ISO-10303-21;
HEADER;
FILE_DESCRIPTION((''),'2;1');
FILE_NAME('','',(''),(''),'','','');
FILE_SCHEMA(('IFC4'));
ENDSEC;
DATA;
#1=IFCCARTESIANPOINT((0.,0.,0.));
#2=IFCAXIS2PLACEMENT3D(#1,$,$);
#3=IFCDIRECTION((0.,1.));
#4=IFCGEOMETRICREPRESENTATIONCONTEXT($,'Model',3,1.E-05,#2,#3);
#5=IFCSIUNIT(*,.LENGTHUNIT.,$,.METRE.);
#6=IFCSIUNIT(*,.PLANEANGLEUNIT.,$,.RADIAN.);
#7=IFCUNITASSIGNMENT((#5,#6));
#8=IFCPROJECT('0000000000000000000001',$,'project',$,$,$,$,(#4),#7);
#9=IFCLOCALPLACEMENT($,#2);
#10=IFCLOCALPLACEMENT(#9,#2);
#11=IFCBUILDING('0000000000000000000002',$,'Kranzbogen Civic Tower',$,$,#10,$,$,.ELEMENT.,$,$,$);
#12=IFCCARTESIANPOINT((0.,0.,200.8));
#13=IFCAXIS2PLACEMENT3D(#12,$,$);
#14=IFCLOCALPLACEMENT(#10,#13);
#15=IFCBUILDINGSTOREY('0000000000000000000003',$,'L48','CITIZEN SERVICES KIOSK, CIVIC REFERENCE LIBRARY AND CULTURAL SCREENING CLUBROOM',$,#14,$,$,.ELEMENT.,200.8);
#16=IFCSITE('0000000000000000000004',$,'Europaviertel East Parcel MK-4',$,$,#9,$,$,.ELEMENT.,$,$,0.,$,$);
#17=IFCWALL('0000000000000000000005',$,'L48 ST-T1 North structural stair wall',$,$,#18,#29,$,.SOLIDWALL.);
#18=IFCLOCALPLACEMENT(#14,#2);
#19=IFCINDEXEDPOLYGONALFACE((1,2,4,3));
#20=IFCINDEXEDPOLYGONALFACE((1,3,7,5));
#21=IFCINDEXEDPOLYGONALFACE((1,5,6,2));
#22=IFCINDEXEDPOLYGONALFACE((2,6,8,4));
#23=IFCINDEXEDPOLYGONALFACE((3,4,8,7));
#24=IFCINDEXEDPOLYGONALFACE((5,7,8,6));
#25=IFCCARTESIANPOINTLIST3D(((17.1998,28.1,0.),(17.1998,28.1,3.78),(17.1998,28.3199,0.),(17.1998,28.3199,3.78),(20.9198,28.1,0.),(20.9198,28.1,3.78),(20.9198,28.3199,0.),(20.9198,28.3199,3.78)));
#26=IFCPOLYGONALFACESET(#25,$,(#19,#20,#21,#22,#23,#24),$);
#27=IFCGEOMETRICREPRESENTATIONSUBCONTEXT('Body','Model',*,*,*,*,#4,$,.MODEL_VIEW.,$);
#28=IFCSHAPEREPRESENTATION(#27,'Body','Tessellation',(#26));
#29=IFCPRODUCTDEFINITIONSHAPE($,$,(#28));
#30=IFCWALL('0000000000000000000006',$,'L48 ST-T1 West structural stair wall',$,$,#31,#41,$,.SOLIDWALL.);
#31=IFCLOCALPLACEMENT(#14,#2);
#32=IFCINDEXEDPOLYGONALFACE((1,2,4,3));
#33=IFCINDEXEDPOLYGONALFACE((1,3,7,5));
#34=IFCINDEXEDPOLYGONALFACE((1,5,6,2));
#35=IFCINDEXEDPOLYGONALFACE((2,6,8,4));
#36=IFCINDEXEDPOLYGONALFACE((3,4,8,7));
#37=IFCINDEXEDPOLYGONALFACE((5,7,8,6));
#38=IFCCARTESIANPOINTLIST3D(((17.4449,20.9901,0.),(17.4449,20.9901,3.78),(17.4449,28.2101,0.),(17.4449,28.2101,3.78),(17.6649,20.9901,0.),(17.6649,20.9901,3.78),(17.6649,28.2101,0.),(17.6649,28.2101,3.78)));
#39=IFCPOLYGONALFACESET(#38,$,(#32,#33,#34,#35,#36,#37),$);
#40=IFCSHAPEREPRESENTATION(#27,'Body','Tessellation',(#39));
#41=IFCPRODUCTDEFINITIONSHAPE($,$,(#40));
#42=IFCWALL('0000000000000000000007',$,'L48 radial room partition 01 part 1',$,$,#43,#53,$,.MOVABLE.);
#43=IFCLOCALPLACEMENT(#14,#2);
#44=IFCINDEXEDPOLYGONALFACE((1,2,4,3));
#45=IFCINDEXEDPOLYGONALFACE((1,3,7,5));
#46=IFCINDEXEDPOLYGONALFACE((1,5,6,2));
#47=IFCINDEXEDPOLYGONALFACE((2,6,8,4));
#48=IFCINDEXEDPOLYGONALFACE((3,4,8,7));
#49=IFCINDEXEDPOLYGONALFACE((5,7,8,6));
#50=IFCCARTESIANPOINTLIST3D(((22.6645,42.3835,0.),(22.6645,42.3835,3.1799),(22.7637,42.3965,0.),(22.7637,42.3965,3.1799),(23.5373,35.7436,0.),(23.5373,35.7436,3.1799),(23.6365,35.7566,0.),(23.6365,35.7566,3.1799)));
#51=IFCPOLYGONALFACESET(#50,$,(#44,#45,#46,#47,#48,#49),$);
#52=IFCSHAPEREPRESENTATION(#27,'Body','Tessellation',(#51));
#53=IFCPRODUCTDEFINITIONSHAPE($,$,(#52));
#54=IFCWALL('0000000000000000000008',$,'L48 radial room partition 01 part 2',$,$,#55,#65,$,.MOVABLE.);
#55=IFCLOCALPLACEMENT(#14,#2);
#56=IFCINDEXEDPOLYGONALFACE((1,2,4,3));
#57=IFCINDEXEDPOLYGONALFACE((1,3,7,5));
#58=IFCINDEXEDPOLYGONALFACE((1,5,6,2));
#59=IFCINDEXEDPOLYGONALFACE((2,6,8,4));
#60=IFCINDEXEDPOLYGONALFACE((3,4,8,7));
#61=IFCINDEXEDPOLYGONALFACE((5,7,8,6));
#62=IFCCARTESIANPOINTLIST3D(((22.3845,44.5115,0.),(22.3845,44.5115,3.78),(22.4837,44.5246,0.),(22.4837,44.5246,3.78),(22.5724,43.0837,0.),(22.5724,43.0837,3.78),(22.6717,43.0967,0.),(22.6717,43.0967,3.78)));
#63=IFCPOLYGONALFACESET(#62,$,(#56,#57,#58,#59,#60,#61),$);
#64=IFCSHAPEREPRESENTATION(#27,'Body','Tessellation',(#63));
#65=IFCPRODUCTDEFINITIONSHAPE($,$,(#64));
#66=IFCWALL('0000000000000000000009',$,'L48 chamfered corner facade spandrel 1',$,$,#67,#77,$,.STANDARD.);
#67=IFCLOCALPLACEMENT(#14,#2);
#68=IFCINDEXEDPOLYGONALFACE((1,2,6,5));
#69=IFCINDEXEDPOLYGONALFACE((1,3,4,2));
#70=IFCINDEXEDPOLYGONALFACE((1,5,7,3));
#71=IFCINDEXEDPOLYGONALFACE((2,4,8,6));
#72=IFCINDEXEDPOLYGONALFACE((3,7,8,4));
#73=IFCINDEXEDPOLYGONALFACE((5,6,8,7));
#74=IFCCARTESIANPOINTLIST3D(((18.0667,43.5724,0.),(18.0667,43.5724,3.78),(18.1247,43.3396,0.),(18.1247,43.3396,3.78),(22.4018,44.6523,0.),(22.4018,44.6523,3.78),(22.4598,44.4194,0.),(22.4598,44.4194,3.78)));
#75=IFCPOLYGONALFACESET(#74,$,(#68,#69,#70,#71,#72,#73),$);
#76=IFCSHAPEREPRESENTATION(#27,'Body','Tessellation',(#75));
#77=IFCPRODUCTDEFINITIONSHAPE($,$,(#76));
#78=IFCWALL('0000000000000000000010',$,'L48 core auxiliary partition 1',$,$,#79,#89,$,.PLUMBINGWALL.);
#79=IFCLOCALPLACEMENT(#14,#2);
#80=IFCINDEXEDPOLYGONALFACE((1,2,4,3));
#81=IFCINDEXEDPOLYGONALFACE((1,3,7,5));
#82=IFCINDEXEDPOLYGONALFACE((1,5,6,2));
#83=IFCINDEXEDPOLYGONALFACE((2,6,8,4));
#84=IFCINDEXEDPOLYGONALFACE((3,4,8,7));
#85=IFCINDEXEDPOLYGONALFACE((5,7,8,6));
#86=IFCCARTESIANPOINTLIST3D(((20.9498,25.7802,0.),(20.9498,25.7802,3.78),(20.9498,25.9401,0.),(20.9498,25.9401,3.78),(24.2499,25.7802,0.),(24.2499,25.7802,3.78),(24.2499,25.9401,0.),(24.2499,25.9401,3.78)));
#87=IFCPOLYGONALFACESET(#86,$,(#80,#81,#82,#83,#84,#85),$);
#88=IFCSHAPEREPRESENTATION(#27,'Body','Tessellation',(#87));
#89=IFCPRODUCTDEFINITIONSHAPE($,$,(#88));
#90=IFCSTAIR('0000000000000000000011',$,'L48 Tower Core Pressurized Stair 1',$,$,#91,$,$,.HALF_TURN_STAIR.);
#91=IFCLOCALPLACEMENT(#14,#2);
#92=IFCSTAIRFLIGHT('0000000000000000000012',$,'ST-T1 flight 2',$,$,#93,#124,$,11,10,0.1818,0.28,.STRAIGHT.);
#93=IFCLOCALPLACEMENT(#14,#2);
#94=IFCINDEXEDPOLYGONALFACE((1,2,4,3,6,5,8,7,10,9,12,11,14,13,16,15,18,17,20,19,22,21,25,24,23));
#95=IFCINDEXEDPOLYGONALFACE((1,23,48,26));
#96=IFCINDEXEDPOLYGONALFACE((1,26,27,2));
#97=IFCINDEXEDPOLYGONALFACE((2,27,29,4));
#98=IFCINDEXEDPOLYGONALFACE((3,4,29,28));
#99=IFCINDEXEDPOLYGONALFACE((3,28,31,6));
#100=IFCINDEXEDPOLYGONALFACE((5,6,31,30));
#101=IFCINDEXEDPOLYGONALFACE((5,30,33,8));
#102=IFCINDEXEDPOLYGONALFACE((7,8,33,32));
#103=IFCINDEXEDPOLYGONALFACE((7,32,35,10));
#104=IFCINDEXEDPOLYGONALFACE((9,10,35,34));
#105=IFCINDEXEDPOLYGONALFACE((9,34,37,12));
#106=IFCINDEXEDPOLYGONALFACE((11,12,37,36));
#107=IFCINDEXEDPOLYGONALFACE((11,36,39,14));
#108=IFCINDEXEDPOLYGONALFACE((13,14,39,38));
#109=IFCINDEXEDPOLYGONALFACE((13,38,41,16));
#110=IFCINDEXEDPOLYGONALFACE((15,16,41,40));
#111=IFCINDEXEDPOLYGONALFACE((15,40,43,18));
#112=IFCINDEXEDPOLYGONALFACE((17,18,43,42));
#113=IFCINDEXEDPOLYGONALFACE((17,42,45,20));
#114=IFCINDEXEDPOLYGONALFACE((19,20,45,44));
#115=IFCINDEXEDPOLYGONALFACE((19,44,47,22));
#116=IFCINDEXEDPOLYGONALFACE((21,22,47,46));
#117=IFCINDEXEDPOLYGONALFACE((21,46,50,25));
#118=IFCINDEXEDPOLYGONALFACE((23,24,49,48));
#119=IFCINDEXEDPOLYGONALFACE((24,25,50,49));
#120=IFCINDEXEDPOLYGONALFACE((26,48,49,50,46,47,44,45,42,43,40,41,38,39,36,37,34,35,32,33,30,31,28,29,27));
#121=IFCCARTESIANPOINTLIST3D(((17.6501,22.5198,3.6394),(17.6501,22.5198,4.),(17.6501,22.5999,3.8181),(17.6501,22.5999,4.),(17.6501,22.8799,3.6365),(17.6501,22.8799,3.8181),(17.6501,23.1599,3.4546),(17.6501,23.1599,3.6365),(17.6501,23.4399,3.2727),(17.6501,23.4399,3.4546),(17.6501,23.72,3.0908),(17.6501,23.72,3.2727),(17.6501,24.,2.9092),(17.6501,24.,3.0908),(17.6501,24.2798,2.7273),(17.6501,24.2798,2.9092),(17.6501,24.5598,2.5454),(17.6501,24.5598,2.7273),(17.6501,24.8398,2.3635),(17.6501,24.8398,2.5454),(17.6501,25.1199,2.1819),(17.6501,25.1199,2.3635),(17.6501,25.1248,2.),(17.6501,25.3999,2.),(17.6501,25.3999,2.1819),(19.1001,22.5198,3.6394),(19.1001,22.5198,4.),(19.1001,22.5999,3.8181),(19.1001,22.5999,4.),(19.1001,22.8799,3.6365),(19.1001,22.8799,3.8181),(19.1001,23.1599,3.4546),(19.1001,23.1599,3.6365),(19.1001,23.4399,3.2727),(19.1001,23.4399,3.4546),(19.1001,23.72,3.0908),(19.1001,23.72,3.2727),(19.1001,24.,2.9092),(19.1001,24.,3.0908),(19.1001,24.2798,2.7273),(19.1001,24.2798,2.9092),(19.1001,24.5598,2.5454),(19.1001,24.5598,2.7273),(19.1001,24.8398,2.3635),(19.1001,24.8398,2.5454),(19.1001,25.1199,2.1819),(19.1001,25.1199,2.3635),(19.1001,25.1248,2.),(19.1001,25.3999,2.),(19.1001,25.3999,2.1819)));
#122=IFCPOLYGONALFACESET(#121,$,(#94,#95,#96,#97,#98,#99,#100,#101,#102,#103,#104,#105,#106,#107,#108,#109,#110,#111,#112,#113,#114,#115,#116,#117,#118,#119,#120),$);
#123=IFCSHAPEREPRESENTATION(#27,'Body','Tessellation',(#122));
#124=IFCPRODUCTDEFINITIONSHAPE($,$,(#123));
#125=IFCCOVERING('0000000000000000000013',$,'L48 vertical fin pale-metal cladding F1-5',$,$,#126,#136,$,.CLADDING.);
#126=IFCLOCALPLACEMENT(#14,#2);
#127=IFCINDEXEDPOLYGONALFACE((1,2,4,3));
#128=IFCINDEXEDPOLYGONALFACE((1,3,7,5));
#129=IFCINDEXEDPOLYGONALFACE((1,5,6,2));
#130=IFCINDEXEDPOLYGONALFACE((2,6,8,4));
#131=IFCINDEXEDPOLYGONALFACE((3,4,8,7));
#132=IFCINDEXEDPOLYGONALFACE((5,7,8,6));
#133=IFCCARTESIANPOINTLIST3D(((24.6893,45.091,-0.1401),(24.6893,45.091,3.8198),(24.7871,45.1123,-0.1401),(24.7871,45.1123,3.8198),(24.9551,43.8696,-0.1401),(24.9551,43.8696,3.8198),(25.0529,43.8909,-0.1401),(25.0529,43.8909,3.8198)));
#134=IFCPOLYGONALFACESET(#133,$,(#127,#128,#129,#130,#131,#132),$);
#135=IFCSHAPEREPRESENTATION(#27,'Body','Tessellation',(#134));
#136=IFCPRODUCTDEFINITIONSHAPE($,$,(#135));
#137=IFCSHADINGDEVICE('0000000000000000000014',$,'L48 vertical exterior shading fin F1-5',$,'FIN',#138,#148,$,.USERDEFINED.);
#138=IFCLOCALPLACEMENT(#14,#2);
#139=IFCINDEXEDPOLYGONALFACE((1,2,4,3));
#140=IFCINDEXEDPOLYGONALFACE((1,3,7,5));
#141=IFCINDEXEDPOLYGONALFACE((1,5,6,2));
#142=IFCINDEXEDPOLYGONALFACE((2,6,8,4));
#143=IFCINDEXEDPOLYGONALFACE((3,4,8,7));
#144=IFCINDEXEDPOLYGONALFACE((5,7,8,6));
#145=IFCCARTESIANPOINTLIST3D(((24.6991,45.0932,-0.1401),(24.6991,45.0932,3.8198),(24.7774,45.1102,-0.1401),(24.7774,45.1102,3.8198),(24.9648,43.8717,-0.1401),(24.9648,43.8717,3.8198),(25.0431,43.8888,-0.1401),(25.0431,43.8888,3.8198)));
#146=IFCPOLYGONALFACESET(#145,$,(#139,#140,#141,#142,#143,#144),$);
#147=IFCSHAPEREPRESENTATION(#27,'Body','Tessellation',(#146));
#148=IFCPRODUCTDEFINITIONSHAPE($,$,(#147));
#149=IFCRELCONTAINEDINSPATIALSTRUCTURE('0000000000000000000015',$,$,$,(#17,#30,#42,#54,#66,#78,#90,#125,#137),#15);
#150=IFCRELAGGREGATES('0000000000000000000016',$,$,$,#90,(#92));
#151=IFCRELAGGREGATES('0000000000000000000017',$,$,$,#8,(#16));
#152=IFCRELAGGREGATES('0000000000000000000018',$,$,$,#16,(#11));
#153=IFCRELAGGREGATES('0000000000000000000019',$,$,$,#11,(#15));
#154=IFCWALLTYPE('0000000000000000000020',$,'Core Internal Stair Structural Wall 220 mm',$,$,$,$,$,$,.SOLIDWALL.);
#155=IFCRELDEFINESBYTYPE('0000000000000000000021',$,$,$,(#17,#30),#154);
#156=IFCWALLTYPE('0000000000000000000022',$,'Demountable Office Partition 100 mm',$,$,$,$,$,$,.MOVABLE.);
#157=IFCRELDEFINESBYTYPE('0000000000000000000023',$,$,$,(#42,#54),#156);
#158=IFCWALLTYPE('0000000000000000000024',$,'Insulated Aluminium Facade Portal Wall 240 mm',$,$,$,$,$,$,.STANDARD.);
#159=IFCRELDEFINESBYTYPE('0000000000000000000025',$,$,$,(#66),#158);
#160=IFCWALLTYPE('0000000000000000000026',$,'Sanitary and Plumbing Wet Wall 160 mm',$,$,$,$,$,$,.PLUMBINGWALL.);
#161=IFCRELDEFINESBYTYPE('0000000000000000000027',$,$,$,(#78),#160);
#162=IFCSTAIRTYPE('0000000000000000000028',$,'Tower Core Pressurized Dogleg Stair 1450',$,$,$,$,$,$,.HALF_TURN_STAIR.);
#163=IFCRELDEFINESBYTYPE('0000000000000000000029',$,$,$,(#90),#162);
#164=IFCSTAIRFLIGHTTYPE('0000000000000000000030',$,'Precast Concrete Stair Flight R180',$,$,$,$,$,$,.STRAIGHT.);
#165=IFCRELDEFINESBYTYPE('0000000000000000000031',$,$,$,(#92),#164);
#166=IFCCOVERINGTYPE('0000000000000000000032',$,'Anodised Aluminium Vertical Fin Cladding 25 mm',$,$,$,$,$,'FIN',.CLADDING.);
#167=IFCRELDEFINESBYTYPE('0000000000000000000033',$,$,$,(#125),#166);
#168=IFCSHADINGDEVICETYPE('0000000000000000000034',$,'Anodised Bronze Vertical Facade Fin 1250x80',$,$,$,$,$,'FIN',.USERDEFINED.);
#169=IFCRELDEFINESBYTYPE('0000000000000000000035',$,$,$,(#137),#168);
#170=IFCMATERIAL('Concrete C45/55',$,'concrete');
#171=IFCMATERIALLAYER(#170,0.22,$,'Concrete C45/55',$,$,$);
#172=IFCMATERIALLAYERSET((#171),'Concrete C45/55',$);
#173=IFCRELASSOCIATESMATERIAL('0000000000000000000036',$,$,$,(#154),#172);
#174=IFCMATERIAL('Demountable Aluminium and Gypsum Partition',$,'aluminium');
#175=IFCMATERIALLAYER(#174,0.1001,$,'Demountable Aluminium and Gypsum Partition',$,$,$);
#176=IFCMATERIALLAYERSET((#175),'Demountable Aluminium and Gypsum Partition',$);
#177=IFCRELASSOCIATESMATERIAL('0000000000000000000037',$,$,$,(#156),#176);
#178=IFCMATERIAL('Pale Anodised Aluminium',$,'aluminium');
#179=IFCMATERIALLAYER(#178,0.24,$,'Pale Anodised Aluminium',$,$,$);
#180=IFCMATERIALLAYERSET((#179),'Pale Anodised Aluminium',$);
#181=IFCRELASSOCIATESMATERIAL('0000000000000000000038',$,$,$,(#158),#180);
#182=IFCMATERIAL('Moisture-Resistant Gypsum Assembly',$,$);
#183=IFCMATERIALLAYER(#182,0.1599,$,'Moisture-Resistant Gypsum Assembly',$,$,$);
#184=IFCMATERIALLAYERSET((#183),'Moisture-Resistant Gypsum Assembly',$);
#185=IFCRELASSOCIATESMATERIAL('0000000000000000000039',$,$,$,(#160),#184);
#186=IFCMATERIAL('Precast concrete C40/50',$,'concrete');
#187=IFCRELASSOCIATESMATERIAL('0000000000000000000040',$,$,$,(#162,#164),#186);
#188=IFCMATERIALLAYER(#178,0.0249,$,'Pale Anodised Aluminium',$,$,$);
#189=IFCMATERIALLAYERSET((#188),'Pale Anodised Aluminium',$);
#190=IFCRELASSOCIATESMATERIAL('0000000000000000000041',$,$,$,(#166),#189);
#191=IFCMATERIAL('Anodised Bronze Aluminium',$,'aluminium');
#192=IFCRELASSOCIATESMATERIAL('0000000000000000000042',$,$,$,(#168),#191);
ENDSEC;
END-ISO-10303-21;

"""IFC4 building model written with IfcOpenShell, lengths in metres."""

from ifc_helpers import new_model, si_unit, direction, frame, frame_2d, origin, origin_2d, place, context, subcontext, project, spatial, polyline, rectangle, outline, extrude, material, layer, layer_set, type_object, element, aggregate, save


model = new_model("IFC4")

# Units and contexts
model_context = context("Model", 3, precision=1e-05, world=origin(), true_north=direction((0.0, 1.0)))
body_context = subcontext(model_context, "Body", "Model", "MODEL_VIEW")
ifc_project = project(units=[si_unit("LENGTHUNIT", "METRE"), si_unit("PLANEANGLEUNIT", "RADIAN")], contexts=[model_context])

# Site, building, storey
site_placement = place(None, origin())
site = spatial("IfcSite", under=ifc_project, at=site_placement, Name="Europaviertel East Parcel MK-4", CompositionType="ELEMENT", RefElevation=0.0)
building_placement = place(site_placement, origin())
building = spatial("IfcBuilding", under=site, at=building_placement, Name="Kranzbogen Civic Tower", CompositionType="ELEMENT")
storey_placement = place(building_placement, frame((0.0, 0.0, 200.8)))
storey = spatial("IfcBuildingStorey", under=building, at=storey_placement, Name="L48", Description="CITIZEN SERVICES KIOSK, CIVIC REFERENCE LIBRARY AND CULTURAL SCREENING CLUBROOM", CompositionType="ELEMENT", Elevation=200.8)

# Shared definitions
ifc_material_1 = material(Name="Pale Anodised Aluminium", Category="aluminium")

# Shared definitions
ifc_material_2 = material(Name="Concrete C45/55", Category="concrete")

# Walls
ifc_layer_1 = layer(ifc_material_2, 0.22, Name="Concrete C45/55")
ifc_layer_set_1 = layer_set([ifc_layer_1], Name="Concrete C45/55")
wall_type_1 = type_object("IfcWallType", Name="Core Internal Stair Structural Wall 220 mm", PredefinedType="SOLIDWALL", material=ifc_layer_set_1)
wall_1_placement = place(storey_placement, frame((17.2, 28.21, 0.0), z_axis=(0.0, 0.0, 1.0), x_axis=(1.0, 0.0, 0.0)))
element("IfcWall", 1, at=wall_1_placement, inside=storey, type_object=wall_type_1, Name="L48 ST-T1 North structural stair wall", PredefinedType="SOLIDWALL", context=body_context, shape_type="SweptSolid", body=[
    extrude(rectangle(XDim=3.72, YDim=0.22, at=frame_2d((1.8599, 0.0))), origin(), (0.0, 0.0, 1.0), 3.78),
])
wall_2_placement = place(storey_placement, frame((17.5549, 28.21, 0.0), z_axis=(0.0, 0.0, 1.0), x_axis=(0.0, -1.0, 0.0)))
element("IfcWall", 2, at=wall_2_placement, inside=storey, type_object=wall_type_1, Name="L48 ST-T1 West structural stair wall", PredefinedType="SOLIDWALL", context=body_context, shape_type="SweptSolid", body=[
    extrude(rectangle(XDim=7.22, YDim=0.22, at=frame_2d((3.6099, 0.0))), origin(), (0.0, 0.0, 1.0), 3.78),
])
ifc_material_3 = material(Name="Demountable Aluminium and Gypsum Partition", Category="aluminium")
ifc_layer_2 = layer(ifc_material_3, 0.1001, Name="Demountable Aluminium and Gypsum Partition")
ifc_layer_set_2 = layer_set([ifc_layer_2], Name="Demountable Aluminium and Gypsum Partition")
wall_type_2 = type_object("IfcWallType", Name="Demountable Office Partition 100 mm", PredefinedType="MOVABLE", material=ifc_layer_set_2)
wall_3_placement = place(storey_placement, frame((23.5869, 35.75, 0.0), z_axis=(0.0, 0.0, 1.0), x_axis=(-0.130327, 0.991471, 0.0)))
element("IfcWall", 3, at=wall_3_placement, inside=storey, type_object=wall_type_2, Name="L48 radial room partition 01 part 1", PredefinedType="MOVABLE", context=body_context, shape_type="SweptSolid", body=[
    extrude(rectangle(XDim=6.697, YDim=0.1001, at=frame_2d((3.3486, 0.0))), origin(), (0.0, 0.0, 1.0), 3.1799),
])
wall_4_placement = place(storey_placement, frame((22.6221, 43.0901, 0.0), z_axis=(0.0, 0.0, 1.0), x_axis=(-0.13052, 0.991446, 0.0)))
element("IfcWall", 4, at=wall_4_placement, inside=storey, type_object=wall_type_2, Name="L48 radial room partition 01 part 2", PredefinedType="MOVABLE", context=body_context, shape_type="SweptSolid", body=[
    extrude(rectangle(XDim=1.4402, YDim=0.1001, at=frame_2d((0.7202, 0.0))), origin(), (0.0, 0.0, 1.0), 3.78),
])
ifc_layer_3 = layer(ifc_material_1, 0.24, Name="Pale Anodised Aluminium")
ifc_layer_set_3 = layer_set([ifc_layer_3], Name="Pale Anodised Aluminium")
wall_type_3 = type_object("IfcWallType", Name="Insulated Aluminium Facade Portal Wall 240 mm", PredefinedType="STANDARD", material=ifc_layer_set_3)
wall_5_placement = place(storey_placement, frame((22.4309, 44.5359, 0.0), z_axis=(0.0, 0.0, 1.0), x_axis=(-0.970348, -0.241713, 0.0)))
element("IfcWall", 5, at=wall_5_placement, inside=storey, type_object=wall_type_3, Name="L48 chamfered corner facade spandrel 1", PredefinedType="STANDARD", context=body_context, shape_type="SweptSolid", body=[
    extrude(rectangle(XDim=4.4675, YDim=0.24, at=frame_2d((2.2339, 0.0))), origin(), (0.0, 0.0, 1.0), 3.78),
])
ifc_material_4 = material(Name="Moisture-Resistant Gypsum Assembly")
ifc_layer_4 = layer(ifc_material_4, 0.1599, Name="Moisture-Resistant Gypsum Assembly")
ifc_layer_set_4 = layer_set([ifc_layer_4], Name="Moisture-Resistant Gypsum Assembly")
wall_type_4 = type_object("IfcWallType", Name="Sanitary and Plumbing Wet Wall 160 mm", PredefinedType="PLUMBINGWALL", material=ifc_layer_set_4)
wall_6_placement = place(storey_placement, frame((20.95, 25.8601, 0.0), z_axis=(0.0, 0.0, 1.0), x_axis=(1.0, 0.0, 0.0)))
element("IfcWall", 6, at=wall_6_placement, inside=storey, type_object=wall_type_4, Name="L48 core auxiliary partition 1", PredefinedType="PLUMBINGWALL", context=body_context, shape_type="SweptSolid", body=[
    extrude(rectangle(XDim=3.3, YDim=0.1599, at=frame_2d((1.6499, 0.0))), origin(), (0.0, 0.0, 1.0), 3.78),
])

# Stair, stair flight
ifc_material_5 = material(Name="Precast concrete C40/50", Category="concrete")
stair_type = type_object("IfcStairType", Name="Tower Core Pressurized Dogleg Stair 1450", PredefinedType="HALF_TURN_STAIR", material=ifc_material_5)
stair_placement = place(storey_placement, origin())
stair = element("IfcStair", 7, at=stair_placement, inside=storey, type_object=stair_type, Name="L48 Tower Core Pressurized Stair 1", PredefinedType="HALF_TURN_STAIR")
stair_flight_type = type_object("IfcStairFlightType", Name="Precast Concrete Stair Flight R180", PredefinedType="STRAIGHT", material=ifc_material_5)
stair_flight_placement = place(storey_placement, frame((18.375, 25.3999, 2.0), z_axis=(0.0, 0.0, 1.0), x_axis=(0.0, -1.0, 0.0)))
stair_flight = element("IfcStairFlight", 8, at=stair_flight_placement, type_object=stair_flight_type, Name="ST-T1 flight 2", NumberOfRisers=11, NumberOfTreads=10, PredefinedType="STRAIGHT", RiserHeight=0.1818, TreadLength=0.28, context=body_context, shape_type="SweptSolid", body=[
    extrude(outline(polyline([(0.0, 0.0), (0.0, 0.1819), (0.28, 0.1819), (0.28, 0.3635), (0.5601, 0.3635), (0.5601, 0.5454), (0.8401, 0.5454), (0.8401, 0.7273), (1.1201, 0.7273), (1.1201, 0.9092), (1.3999, 0.9092), (1.3999, 1.0908), (1.6799, 1.0908), (1.6799, 1.2727), (1.96, 1.2727), (1.96, 1.4546), (2.24, 1.4546), (2.24, 1.6365), (2.52, 1.6365), (2.52, 1.8181), (2.8, 1.8181), (2.8, 2.0), (2.8801, 2.0), (2.8801, 1.6394), (0.2751, 0.0), (0.0, 0.0)])), frame((0.0, 0.7251, 0.0), z_axis=(0.0, -1.0, 0.0), x_axis=(1.0, 0.0, 0.0)), (0.0, 0.0, 1.0), 1.45),
])
aggregate(stair, [stair_flight])

# Covering
ifc_layer_5 = layer(ifc_material_1, 0.0249, Name="Pale Anodised Aluminium")
ifc_layer_set_5 = layer_set([ifc_layer_5], Name="Pale Anodised Aluminium")
covering_type = type_object("IfcCoveringType", Name="Anodised Aluminium Vertical Fin Cladding 25 mm", ElementType="FIN", PredefinedType="CLADDING", material=ifc_layer_set_5)
covering_placement = place(storey_placement, frame((24.8711, 44.491, -0.1401), z_axis=(0.0, 0.0, 1.0), x_axis=(-0.212587, 0.977142, 0.0)))
element("IfcCovering", 9, at=covering_placement, inside=storey, type_object=covering_type, Name="L48 vertical fin pale-metal cladding F1-5", PredefinedType="CLADDING", context=body_context, shape_type="SweptSolid", body=[
    extrude(rectangle(XDim=1.25, YDim=0.1001, at=origin_2d()), origin(), (0.0, 0.0, 1.0), 3.96),
])

# Shading device
ifc_material_6 = material(Name="Anodised Bronze Aluminium", Category="aluminium")
shading_device_type = type_object("IfcShadingDeviceType", Name="Anodised Bronze Vertical Facade Fin 1250x80", ElementType="FIN", PredefinedType="USERDEFINED", material=ifc_material_6)
shading_device_placement = place(storey_placement, frame((24.8711, 44.491, -0.1401), z_axis=(0.0, 0.0, 1.0), x_axis=(-0.212587, 0.977142, 0.0)))
element("IfcShadingDevice", 10, at=shading_device_placement, inside=storey, type_object=shading_device_type, Name="L48 vertical exterior shading fin F1-5", ObjectType="FIN", PredefinedType="USERDEFINED", context=body_context, shape_type="SweptSolid", body=[
    extrude(rectangle(XDim=1.25, YDim=0.0801, at=origin_2d()), origin(), (0.0, 0.0, 1.0), 3.96),
])

save(model, "model.ifc")
